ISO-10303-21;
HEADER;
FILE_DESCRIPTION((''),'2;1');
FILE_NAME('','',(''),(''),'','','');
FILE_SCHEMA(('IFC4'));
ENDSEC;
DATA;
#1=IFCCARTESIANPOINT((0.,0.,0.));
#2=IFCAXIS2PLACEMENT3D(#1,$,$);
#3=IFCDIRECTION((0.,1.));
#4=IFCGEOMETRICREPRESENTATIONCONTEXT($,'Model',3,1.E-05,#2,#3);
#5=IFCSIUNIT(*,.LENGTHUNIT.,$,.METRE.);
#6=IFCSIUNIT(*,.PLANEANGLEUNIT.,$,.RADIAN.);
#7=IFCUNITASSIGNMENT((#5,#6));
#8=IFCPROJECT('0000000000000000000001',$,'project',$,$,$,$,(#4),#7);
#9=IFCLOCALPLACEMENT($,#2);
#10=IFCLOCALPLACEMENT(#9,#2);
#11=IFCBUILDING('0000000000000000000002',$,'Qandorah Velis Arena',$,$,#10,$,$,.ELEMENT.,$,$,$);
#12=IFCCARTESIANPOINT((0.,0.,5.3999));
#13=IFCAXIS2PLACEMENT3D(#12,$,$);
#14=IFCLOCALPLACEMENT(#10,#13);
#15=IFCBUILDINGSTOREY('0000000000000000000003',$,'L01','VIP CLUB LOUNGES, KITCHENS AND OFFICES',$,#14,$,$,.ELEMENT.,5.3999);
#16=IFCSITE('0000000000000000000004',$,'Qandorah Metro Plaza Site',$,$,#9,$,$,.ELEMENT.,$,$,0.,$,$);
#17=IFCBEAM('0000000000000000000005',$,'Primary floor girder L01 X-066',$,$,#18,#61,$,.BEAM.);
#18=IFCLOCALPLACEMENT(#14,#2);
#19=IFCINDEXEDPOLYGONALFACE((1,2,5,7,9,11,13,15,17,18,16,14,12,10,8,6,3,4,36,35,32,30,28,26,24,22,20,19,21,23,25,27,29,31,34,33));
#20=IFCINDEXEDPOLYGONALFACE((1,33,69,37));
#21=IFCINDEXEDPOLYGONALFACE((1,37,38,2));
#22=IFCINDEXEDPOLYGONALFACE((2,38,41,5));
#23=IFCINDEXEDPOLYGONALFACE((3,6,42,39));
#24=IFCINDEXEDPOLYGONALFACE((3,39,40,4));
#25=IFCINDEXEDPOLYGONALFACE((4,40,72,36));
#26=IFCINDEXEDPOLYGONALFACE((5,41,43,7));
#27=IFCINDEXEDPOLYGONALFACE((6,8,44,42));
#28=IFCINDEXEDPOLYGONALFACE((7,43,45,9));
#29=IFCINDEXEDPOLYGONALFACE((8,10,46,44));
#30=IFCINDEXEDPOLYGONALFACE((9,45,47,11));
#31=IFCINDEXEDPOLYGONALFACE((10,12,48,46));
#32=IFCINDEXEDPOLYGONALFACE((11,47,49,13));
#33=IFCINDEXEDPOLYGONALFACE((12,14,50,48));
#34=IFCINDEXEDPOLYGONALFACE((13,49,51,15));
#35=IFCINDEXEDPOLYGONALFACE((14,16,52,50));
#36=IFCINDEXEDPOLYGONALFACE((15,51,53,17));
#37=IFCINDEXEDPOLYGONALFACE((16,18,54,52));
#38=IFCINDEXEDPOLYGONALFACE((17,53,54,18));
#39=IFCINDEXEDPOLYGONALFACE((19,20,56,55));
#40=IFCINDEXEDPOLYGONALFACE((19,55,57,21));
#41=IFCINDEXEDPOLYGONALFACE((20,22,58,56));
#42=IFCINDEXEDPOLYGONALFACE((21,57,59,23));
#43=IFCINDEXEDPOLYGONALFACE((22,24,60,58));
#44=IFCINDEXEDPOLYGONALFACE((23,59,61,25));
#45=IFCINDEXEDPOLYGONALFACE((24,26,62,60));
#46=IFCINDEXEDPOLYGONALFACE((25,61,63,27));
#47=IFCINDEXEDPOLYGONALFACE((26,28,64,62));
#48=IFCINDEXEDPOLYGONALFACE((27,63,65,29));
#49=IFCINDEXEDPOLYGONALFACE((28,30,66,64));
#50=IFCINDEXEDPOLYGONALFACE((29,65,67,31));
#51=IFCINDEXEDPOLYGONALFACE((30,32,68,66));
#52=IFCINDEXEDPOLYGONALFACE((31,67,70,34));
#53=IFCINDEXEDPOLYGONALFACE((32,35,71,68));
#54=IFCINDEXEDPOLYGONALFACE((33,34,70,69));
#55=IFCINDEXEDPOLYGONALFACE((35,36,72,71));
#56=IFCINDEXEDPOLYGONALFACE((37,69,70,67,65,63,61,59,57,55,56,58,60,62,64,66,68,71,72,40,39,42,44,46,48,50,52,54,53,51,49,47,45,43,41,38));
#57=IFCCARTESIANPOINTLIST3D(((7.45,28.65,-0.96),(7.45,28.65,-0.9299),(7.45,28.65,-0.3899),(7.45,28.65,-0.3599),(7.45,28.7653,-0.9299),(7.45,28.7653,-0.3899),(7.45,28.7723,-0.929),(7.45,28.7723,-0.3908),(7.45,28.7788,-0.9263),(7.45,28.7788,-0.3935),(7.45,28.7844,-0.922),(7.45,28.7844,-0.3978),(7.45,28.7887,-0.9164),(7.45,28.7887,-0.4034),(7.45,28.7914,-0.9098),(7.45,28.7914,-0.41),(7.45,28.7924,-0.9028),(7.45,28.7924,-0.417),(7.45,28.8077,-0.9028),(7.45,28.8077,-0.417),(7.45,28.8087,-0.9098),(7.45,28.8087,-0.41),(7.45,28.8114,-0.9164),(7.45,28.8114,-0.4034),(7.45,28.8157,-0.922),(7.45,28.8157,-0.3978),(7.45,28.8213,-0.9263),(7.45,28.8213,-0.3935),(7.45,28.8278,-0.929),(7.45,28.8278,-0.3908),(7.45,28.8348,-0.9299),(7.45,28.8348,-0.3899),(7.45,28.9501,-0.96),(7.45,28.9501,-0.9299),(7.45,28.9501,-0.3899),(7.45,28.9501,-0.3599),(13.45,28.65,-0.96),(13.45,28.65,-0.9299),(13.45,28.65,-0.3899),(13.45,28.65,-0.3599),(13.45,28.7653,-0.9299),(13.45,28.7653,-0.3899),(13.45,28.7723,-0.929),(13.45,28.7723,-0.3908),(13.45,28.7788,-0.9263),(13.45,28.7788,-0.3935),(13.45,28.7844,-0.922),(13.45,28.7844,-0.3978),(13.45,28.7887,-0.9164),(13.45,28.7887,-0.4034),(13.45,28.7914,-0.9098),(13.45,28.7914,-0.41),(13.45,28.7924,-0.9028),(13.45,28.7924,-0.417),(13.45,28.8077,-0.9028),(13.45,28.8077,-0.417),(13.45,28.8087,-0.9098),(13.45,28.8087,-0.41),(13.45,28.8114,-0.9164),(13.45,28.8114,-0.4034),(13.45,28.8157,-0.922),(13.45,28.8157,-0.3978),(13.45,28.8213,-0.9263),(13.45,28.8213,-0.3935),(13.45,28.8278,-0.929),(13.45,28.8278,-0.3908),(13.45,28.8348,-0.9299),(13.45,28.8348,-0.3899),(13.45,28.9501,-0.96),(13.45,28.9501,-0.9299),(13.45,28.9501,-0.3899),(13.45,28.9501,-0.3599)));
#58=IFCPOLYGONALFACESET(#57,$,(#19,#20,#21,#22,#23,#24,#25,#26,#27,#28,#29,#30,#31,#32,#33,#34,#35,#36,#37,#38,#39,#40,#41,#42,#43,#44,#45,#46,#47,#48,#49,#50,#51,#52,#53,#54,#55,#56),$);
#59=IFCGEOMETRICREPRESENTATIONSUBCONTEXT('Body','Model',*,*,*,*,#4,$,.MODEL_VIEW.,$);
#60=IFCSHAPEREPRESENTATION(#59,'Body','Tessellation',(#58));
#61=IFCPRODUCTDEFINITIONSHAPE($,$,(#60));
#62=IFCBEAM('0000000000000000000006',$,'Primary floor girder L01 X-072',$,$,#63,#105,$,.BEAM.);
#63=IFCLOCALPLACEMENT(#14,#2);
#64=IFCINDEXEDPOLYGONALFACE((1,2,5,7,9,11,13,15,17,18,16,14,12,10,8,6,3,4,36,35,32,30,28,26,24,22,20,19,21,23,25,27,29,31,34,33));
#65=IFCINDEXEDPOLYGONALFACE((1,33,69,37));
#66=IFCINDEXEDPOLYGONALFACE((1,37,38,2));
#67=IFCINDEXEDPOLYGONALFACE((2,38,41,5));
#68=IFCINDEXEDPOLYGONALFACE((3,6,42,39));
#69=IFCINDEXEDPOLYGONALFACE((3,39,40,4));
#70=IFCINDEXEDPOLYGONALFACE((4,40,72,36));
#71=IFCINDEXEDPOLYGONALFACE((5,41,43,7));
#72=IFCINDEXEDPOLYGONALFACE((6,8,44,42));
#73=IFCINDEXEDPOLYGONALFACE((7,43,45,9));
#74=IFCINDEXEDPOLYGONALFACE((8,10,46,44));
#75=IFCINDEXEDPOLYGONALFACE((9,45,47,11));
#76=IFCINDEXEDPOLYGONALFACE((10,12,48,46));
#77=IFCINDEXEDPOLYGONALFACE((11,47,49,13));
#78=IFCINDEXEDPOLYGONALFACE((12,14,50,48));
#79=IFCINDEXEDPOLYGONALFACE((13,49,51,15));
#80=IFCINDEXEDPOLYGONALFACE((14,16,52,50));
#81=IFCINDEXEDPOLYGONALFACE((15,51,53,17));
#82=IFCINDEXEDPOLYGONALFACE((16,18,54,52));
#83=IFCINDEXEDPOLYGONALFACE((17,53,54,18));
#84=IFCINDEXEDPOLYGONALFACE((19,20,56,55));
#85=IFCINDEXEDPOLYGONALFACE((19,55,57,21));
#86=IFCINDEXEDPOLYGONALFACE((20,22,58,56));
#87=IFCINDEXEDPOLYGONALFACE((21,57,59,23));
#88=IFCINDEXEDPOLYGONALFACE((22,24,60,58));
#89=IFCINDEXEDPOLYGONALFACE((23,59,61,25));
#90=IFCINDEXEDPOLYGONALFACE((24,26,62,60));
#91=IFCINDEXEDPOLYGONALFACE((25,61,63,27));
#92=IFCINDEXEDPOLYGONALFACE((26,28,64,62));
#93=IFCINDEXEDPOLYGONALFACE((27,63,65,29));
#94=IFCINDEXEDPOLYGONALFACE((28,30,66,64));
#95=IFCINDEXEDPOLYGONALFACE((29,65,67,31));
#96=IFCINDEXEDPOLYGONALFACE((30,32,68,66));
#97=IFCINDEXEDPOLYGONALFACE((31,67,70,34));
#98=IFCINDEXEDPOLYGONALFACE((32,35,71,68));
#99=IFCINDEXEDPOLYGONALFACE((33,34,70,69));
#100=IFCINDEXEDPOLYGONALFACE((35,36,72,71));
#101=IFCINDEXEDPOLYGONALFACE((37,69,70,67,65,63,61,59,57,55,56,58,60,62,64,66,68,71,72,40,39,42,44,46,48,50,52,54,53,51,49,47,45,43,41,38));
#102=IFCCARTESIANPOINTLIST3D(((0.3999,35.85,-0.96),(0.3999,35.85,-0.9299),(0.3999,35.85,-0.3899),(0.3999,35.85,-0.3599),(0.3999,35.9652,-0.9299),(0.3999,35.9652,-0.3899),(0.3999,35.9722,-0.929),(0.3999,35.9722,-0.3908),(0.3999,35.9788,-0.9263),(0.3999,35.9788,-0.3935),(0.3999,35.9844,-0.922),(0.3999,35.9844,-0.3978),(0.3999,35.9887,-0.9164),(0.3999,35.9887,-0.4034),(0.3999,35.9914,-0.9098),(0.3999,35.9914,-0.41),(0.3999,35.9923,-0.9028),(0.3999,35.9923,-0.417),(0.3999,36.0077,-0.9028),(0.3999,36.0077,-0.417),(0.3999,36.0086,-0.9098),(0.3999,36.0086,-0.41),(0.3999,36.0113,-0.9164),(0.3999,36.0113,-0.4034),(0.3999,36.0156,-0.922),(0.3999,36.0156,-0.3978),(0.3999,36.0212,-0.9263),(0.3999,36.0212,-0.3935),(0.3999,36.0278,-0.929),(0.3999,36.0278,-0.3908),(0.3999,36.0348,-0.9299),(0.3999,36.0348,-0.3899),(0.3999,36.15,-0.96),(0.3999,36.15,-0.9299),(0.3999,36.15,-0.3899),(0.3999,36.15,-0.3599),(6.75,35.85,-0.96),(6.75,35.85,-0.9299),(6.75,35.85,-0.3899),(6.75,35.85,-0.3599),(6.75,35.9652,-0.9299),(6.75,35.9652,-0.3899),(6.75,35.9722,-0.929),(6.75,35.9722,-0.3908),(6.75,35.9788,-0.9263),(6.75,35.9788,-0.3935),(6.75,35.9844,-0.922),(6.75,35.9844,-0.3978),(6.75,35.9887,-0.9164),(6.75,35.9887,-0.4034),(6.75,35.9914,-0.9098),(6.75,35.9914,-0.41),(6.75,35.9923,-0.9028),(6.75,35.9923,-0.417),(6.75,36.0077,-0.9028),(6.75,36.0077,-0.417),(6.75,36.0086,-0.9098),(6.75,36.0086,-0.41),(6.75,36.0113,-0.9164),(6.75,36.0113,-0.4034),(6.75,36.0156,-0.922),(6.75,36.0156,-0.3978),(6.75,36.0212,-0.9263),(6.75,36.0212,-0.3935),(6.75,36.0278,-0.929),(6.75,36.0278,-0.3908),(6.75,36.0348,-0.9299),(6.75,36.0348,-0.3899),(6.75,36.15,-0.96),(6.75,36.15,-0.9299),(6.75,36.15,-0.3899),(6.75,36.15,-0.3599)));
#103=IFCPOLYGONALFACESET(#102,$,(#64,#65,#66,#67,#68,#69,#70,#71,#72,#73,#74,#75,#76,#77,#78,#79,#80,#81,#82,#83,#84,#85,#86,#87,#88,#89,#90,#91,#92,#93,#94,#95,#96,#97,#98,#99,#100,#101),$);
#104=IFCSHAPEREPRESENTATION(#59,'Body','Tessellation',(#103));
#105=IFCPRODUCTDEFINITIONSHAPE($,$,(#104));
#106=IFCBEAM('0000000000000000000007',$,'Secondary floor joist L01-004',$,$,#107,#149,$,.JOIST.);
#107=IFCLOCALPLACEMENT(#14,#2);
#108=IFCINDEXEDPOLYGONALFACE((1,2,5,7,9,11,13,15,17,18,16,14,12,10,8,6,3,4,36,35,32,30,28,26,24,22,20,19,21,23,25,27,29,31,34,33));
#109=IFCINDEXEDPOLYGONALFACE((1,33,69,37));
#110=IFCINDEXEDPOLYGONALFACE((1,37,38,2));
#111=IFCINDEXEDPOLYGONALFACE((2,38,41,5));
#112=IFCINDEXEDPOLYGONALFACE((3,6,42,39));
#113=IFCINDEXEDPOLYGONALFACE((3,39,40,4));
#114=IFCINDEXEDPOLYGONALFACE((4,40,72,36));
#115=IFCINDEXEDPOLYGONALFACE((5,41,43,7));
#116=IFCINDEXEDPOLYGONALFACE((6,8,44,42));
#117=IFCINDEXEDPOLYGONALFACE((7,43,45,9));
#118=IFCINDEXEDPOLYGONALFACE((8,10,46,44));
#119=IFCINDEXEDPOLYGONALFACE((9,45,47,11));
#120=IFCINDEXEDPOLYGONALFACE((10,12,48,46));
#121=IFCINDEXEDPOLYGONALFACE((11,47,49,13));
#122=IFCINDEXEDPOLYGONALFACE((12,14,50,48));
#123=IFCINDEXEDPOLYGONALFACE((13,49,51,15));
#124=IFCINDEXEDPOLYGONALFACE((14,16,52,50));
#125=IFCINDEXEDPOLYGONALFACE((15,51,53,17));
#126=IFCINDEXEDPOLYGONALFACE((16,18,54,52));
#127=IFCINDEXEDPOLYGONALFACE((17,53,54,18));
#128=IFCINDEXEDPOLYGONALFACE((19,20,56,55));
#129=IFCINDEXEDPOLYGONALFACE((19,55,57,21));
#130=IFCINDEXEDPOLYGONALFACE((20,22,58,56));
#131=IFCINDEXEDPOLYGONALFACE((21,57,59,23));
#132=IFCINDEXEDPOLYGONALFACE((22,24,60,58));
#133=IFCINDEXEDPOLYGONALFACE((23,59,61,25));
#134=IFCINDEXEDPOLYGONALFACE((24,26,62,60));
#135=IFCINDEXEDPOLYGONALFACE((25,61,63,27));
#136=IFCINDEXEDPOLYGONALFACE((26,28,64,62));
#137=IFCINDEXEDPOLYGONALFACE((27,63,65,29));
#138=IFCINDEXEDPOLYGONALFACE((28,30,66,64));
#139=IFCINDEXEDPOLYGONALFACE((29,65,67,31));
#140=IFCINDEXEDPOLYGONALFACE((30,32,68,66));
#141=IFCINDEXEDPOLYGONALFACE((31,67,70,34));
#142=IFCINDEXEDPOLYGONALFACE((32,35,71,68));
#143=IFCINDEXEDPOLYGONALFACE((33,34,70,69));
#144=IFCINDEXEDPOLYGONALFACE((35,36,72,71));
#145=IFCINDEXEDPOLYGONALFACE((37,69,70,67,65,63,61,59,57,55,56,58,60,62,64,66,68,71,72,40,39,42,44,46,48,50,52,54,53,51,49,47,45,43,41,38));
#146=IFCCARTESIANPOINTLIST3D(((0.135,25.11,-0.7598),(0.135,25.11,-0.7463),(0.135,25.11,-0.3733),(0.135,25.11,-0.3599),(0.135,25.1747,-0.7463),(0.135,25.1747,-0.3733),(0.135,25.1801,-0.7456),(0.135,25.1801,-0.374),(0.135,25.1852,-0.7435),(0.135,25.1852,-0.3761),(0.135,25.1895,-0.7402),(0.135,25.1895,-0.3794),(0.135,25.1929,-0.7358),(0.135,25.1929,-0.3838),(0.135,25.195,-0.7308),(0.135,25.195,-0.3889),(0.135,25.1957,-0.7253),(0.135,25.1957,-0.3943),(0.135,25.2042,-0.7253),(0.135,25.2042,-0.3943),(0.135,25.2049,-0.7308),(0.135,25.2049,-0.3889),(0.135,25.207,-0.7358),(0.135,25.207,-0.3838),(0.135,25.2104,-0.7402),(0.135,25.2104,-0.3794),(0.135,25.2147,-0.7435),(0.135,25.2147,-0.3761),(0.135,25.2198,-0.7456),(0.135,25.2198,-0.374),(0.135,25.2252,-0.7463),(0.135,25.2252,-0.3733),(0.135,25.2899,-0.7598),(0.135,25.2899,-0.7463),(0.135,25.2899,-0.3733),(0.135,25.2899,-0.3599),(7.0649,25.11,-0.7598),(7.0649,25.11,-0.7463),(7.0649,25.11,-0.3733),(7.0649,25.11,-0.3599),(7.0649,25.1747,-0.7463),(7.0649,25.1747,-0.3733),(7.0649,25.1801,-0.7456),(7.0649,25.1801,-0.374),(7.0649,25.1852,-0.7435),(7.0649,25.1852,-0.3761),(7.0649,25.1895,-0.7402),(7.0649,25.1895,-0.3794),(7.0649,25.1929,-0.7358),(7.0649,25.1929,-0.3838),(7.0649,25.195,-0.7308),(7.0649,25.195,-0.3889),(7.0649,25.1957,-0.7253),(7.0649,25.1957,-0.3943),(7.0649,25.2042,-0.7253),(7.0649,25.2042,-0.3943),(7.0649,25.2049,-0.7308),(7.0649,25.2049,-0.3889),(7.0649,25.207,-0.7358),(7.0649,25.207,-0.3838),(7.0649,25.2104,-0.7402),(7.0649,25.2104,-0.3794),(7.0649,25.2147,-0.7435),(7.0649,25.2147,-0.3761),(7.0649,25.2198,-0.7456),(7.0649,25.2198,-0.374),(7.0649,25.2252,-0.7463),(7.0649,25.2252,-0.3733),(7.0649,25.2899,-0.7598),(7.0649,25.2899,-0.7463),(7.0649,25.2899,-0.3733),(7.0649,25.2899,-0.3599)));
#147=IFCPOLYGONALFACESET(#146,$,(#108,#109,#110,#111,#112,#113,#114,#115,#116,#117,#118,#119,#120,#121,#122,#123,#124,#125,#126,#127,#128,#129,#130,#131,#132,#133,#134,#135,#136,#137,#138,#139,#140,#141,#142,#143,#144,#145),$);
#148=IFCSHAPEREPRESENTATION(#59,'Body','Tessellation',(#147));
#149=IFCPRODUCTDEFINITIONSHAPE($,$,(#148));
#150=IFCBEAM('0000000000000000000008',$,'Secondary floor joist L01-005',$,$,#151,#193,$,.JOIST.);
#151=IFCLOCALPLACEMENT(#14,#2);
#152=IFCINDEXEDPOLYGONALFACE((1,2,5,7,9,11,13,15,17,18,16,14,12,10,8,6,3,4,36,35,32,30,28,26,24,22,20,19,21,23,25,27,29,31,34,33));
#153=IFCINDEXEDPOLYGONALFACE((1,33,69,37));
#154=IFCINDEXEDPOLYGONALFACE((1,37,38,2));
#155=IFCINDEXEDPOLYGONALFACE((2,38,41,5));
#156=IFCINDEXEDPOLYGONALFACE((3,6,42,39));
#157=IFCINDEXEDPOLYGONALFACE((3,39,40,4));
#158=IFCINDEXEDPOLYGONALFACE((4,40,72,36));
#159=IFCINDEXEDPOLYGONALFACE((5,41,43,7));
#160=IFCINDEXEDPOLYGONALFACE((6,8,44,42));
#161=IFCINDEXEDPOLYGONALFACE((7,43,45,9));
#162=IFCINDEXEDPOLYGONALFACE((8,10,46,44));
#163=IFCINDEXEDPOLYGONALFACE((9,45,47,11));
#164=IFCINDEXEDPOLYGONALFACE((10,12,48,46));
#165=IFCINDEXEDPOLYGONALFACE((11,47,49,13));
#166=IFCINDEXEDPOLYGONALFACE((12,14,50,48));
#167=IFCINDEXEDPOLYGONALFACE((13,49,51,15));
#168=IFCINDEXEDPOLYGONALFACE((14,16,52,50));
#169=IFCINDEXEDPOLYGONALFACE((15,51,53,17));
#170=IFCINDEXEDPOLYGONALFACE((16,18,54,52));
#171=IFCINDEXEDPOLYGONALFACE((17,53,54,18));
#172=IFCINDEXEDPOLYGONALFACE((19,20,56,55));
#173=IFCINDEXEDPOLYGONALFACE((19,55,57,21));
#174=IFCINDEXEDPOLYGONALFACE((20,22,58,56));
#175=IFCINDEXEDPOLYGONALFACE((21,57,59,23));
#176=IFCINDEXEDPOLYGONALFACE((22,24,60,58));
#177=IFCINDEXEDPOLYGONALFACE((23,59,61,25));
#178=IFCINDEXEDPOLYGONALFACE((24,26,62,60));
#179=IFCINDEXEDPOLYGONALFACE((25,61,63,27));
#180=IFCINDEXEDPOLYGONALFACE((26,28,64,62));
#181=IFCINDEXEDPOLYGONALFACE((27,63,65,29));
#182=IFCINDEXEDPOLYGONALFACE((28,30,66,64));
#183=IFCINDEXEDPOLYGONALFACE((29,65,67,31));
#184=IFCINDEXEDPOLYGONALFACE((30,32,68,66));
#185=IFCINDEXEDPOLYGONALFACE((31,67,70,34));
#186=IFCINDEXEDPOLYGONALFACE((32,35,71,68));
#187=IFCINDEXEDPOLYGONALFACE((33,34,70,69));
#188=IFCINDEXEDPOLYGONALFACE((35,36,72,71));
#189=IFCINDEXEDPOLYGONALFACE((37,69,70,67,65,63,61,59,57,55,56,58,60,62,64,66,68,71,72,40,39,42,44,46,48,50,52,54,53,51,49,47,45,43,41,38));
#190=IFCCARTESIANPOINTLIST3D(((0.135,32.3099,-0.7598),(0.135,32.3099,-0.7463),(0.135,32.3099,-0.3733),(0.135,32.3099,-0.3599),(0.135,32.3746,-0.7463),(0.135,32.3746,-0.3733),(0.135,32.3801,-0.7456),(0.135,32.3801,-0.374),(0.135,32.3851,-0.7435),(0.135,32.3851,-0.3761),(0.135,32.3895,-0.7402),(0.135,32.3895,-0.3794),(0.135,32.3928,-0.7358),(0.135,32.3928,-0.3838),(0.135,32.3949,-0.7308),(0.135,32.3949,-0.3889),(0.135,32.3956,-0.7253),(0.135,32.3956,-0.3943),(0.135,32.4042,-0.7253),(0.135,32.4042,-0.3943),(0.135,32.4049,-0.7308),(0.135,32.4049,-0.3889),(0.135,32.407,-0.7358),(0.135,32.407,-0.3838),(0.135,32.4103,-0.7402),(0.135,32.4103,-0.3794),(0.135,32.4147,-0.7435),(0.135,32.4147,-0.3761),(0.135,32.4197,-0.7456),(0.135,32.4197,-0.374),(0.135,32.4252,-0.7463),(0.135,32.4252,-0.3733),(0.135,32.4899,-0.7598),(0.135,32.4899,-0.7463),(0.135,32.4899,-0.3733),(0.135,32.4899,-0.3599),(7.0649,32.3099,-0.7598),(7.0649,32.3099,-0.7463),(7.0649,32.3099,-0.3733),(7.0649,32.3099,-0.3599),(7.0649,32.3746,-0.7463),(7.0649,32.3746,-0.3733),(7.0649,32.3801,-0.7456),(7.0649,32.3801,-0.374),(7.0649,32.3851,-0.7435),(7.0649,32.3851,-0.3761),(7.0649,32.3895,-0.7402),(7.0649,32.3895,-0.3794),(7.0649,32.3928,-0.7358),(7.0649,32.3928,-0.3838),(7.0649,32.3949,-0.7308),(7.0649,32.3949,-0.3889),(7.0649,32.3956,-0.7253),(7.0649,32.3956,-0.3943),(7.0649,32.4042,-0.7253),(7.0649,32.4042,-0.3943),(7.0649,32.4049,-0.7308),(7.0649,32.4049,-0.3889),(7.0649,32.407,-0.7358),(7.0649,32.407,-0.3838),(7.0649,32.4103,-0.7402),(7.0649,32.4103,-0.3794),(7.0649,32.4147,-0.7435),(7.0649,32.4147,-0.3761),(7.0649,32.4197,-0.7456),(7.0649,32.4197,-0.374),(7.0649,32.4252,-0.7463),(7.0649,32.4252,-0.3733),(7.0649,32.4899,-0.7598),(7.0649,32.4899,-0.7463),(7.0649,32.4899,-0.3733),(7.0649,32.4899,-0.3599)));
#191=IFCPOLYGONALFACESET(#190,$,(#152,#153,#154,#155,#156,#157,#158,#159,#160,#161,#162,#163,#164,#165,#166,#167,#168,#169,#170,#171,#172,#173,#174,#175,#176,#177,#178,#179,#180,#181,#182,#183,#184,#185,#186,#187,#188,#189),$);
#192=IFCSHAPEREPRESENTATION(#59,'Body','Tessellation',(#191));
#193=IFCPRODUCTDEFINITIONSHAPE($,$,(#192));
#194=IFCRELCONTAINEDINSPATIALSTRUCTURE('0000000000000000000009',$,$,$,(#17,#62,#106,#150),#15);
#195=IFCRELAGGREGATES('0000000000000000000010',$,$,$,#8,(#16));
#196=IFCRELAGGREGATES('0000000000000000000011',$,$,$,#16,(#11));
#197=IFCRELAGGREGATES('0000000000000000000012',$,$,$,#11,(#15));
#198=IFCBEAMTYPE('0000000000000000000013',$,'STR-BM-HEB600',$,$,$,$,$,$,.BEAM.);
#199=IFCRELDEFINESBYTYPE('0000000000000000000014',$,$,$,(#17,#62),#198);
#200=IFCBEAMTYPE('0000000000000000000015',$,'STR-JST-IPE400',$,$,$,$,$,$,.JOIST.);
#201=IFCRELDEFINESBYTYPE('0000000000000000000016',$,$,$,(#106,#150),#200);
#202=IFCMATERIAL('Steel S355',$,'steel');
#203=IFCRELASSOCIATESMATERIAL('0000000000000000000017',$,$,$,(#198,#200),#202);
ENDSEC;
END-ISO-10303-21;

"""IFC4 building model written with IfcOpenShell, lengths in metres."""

from ifc_helpers import new_model, si_unit, direction, frame, origin, origin_2d, place, context, subcontext, project, spatial, i_section, extrude, material, material_profile, profile_set, type_object, element, save


model = new_model("IFC4")

# Units and contexts
model_context = context("Model", 3, precision=1e-05, world=origin(), true_north=direction((0.0, 1.0)))
body_context = subcontext(model_context, "Body", "Model", "MODEL_VIEW")
ifc_project = project(units=[si_unit("LENGTHUNIT", "METRE"), si_unit("PLANEANGLEUNIT", "RADIAN")], contexts=[model_context])

# Site, building, storey
site_placement = place(None, origin())
site = spatial("IfcSite", under=ifc_project, at=site_placement, Name="Qandorah Metro Plaza Site", CompositionType="ELEMENT", RefElevation=0.0)
building_placement = place(site_placement, origin())
building = spatial("IfcBuilding", under=site, at=building_placement, Name="Qandorah Velis Arena", CompositionType="ELEMENT")
storey_placement = place(building_placement, frame((0.0, 0.0, 5.3999)))
storey = spatial("IfcBuildingStorey", under=building, at=storey_placement, Name="L01", Description="VIP CLUB LOUNGES, KITCHENS AND OFFICES", CompositionType="ELEMENT", Elevation=5.3999)

# Beams
ifc_material_1 = material(Name="Steel S355", Category="steel")
ifc_material_profile_1 = material_profile(ifc_material_1, i_section(OverallWidth=0.3, OverallDepth=0.6001, WebThickness=0.0154, FlangeThickness=0.03, FilletRadius=0.0271, at=origin_2d()), Name="HEB 600")
ifc_profile_set_1 = profile_set([ifc_material_profile_1], Name="Steel S355")
beam_type_1 = type_object("IfcBeamType", Name="STR-BM-HEB600", PredefinedType="BEAM", material=ifc_profile_set_1)
beam_1_placement = place(storey_placement, frame((7.45, 28.8, -0.6599), z_axis=(1.0, 0.0, 0.0), x_axis=(0.0, 1.0, 0.0)))
element("IfcBeam", 1, at=beam_1_placement, inside=storey, type_object=beam_type_1, Name="Primary floor girder L01 X-066", PredefinedType="BEAM", context=body_context, shape_type="SweptSolid", body=[
    extrude(i_section(OverallWidth=0.3, OverallDepth=0.6001, WebThickness=0.0154, FlangeThickness=0.03, FilletRadius=0.0271, at=origin_2d()), origin(), (0.0, 0.0, 1.0), 6.0),
])
beam_2_placement = place(storey_placement, frame((0.3999, 36.0, -0.6599), z_axis=(1.0, 0.0, 0.0), x_axis=(0.0, 1.0, 0.0)))
element("IfcBeam", 2, at=beam_2_placement, inside=storey, type_object=beam_type_1, Name="Primary floor girder L01 X-072", PredefinedType="BEAM", context=body_context, shape_type="SweptSolid", body=[
    extrude(i_section(OverallWidth=0.3, OverallDepth=0.6001, WebThickness=0.0154, FlangeThickness=0.03, FilletRadius=0.0271, at=origin_2d()), origin(), (0.0, 0.0, 1.0), 6.3501),
])
ifc_material_profile_2 = material_profile(ifc_material_1, i_section(OverallWidth=0.1799, OverallDepth=0.3999, WebThickness=0.0085, FlangeThickness=0.0134, FilletRadius=0.021, at=origin_2d()), Name="IPE 400")
ifc_profile_set_2 = profile_set([ifc_material_profile_2], Name="Steel S355")
beam_type_2 = type_object("IfcBeamType", Name="STR-JST-IPE400", PredefinedType="JOIST", material=ifc_profile_set_2)
for number, where, z_axis, x_axis, name in (
    (3, (0.135, 25.2, -0.5598), (1.0, 0.0, 0.0), (0.0, 1.0, 0.0), "Secondary floor joist L01-004"),
    (4, (0.135, 32.3999, -0.5598), (1.0, 0.0, 0.0), (0.0, 1.0, 0.0), "Secondary floor joist L01-005"),
):
    element("IfcBeam", number, at=place(storey_placement, frame(where, z_axis=z_axis, x_axis=x_axis)), inside=storey, type_object=beam_type_2, Name=name, PredefinedType="JOIST", context=body_context, shape_type="SweptSolid", body=[
        extrude(i_section(OverallWidth=0.1799, OverallDepth=0.3999, WebThickness=0.0085, FlangeThickness=0.0134, FilletRadius=0.021, at=origin_2d()), origin(), (0.0, 0.0, 1.0), 6.9299),
    ])

save(model, "model.ifc")
